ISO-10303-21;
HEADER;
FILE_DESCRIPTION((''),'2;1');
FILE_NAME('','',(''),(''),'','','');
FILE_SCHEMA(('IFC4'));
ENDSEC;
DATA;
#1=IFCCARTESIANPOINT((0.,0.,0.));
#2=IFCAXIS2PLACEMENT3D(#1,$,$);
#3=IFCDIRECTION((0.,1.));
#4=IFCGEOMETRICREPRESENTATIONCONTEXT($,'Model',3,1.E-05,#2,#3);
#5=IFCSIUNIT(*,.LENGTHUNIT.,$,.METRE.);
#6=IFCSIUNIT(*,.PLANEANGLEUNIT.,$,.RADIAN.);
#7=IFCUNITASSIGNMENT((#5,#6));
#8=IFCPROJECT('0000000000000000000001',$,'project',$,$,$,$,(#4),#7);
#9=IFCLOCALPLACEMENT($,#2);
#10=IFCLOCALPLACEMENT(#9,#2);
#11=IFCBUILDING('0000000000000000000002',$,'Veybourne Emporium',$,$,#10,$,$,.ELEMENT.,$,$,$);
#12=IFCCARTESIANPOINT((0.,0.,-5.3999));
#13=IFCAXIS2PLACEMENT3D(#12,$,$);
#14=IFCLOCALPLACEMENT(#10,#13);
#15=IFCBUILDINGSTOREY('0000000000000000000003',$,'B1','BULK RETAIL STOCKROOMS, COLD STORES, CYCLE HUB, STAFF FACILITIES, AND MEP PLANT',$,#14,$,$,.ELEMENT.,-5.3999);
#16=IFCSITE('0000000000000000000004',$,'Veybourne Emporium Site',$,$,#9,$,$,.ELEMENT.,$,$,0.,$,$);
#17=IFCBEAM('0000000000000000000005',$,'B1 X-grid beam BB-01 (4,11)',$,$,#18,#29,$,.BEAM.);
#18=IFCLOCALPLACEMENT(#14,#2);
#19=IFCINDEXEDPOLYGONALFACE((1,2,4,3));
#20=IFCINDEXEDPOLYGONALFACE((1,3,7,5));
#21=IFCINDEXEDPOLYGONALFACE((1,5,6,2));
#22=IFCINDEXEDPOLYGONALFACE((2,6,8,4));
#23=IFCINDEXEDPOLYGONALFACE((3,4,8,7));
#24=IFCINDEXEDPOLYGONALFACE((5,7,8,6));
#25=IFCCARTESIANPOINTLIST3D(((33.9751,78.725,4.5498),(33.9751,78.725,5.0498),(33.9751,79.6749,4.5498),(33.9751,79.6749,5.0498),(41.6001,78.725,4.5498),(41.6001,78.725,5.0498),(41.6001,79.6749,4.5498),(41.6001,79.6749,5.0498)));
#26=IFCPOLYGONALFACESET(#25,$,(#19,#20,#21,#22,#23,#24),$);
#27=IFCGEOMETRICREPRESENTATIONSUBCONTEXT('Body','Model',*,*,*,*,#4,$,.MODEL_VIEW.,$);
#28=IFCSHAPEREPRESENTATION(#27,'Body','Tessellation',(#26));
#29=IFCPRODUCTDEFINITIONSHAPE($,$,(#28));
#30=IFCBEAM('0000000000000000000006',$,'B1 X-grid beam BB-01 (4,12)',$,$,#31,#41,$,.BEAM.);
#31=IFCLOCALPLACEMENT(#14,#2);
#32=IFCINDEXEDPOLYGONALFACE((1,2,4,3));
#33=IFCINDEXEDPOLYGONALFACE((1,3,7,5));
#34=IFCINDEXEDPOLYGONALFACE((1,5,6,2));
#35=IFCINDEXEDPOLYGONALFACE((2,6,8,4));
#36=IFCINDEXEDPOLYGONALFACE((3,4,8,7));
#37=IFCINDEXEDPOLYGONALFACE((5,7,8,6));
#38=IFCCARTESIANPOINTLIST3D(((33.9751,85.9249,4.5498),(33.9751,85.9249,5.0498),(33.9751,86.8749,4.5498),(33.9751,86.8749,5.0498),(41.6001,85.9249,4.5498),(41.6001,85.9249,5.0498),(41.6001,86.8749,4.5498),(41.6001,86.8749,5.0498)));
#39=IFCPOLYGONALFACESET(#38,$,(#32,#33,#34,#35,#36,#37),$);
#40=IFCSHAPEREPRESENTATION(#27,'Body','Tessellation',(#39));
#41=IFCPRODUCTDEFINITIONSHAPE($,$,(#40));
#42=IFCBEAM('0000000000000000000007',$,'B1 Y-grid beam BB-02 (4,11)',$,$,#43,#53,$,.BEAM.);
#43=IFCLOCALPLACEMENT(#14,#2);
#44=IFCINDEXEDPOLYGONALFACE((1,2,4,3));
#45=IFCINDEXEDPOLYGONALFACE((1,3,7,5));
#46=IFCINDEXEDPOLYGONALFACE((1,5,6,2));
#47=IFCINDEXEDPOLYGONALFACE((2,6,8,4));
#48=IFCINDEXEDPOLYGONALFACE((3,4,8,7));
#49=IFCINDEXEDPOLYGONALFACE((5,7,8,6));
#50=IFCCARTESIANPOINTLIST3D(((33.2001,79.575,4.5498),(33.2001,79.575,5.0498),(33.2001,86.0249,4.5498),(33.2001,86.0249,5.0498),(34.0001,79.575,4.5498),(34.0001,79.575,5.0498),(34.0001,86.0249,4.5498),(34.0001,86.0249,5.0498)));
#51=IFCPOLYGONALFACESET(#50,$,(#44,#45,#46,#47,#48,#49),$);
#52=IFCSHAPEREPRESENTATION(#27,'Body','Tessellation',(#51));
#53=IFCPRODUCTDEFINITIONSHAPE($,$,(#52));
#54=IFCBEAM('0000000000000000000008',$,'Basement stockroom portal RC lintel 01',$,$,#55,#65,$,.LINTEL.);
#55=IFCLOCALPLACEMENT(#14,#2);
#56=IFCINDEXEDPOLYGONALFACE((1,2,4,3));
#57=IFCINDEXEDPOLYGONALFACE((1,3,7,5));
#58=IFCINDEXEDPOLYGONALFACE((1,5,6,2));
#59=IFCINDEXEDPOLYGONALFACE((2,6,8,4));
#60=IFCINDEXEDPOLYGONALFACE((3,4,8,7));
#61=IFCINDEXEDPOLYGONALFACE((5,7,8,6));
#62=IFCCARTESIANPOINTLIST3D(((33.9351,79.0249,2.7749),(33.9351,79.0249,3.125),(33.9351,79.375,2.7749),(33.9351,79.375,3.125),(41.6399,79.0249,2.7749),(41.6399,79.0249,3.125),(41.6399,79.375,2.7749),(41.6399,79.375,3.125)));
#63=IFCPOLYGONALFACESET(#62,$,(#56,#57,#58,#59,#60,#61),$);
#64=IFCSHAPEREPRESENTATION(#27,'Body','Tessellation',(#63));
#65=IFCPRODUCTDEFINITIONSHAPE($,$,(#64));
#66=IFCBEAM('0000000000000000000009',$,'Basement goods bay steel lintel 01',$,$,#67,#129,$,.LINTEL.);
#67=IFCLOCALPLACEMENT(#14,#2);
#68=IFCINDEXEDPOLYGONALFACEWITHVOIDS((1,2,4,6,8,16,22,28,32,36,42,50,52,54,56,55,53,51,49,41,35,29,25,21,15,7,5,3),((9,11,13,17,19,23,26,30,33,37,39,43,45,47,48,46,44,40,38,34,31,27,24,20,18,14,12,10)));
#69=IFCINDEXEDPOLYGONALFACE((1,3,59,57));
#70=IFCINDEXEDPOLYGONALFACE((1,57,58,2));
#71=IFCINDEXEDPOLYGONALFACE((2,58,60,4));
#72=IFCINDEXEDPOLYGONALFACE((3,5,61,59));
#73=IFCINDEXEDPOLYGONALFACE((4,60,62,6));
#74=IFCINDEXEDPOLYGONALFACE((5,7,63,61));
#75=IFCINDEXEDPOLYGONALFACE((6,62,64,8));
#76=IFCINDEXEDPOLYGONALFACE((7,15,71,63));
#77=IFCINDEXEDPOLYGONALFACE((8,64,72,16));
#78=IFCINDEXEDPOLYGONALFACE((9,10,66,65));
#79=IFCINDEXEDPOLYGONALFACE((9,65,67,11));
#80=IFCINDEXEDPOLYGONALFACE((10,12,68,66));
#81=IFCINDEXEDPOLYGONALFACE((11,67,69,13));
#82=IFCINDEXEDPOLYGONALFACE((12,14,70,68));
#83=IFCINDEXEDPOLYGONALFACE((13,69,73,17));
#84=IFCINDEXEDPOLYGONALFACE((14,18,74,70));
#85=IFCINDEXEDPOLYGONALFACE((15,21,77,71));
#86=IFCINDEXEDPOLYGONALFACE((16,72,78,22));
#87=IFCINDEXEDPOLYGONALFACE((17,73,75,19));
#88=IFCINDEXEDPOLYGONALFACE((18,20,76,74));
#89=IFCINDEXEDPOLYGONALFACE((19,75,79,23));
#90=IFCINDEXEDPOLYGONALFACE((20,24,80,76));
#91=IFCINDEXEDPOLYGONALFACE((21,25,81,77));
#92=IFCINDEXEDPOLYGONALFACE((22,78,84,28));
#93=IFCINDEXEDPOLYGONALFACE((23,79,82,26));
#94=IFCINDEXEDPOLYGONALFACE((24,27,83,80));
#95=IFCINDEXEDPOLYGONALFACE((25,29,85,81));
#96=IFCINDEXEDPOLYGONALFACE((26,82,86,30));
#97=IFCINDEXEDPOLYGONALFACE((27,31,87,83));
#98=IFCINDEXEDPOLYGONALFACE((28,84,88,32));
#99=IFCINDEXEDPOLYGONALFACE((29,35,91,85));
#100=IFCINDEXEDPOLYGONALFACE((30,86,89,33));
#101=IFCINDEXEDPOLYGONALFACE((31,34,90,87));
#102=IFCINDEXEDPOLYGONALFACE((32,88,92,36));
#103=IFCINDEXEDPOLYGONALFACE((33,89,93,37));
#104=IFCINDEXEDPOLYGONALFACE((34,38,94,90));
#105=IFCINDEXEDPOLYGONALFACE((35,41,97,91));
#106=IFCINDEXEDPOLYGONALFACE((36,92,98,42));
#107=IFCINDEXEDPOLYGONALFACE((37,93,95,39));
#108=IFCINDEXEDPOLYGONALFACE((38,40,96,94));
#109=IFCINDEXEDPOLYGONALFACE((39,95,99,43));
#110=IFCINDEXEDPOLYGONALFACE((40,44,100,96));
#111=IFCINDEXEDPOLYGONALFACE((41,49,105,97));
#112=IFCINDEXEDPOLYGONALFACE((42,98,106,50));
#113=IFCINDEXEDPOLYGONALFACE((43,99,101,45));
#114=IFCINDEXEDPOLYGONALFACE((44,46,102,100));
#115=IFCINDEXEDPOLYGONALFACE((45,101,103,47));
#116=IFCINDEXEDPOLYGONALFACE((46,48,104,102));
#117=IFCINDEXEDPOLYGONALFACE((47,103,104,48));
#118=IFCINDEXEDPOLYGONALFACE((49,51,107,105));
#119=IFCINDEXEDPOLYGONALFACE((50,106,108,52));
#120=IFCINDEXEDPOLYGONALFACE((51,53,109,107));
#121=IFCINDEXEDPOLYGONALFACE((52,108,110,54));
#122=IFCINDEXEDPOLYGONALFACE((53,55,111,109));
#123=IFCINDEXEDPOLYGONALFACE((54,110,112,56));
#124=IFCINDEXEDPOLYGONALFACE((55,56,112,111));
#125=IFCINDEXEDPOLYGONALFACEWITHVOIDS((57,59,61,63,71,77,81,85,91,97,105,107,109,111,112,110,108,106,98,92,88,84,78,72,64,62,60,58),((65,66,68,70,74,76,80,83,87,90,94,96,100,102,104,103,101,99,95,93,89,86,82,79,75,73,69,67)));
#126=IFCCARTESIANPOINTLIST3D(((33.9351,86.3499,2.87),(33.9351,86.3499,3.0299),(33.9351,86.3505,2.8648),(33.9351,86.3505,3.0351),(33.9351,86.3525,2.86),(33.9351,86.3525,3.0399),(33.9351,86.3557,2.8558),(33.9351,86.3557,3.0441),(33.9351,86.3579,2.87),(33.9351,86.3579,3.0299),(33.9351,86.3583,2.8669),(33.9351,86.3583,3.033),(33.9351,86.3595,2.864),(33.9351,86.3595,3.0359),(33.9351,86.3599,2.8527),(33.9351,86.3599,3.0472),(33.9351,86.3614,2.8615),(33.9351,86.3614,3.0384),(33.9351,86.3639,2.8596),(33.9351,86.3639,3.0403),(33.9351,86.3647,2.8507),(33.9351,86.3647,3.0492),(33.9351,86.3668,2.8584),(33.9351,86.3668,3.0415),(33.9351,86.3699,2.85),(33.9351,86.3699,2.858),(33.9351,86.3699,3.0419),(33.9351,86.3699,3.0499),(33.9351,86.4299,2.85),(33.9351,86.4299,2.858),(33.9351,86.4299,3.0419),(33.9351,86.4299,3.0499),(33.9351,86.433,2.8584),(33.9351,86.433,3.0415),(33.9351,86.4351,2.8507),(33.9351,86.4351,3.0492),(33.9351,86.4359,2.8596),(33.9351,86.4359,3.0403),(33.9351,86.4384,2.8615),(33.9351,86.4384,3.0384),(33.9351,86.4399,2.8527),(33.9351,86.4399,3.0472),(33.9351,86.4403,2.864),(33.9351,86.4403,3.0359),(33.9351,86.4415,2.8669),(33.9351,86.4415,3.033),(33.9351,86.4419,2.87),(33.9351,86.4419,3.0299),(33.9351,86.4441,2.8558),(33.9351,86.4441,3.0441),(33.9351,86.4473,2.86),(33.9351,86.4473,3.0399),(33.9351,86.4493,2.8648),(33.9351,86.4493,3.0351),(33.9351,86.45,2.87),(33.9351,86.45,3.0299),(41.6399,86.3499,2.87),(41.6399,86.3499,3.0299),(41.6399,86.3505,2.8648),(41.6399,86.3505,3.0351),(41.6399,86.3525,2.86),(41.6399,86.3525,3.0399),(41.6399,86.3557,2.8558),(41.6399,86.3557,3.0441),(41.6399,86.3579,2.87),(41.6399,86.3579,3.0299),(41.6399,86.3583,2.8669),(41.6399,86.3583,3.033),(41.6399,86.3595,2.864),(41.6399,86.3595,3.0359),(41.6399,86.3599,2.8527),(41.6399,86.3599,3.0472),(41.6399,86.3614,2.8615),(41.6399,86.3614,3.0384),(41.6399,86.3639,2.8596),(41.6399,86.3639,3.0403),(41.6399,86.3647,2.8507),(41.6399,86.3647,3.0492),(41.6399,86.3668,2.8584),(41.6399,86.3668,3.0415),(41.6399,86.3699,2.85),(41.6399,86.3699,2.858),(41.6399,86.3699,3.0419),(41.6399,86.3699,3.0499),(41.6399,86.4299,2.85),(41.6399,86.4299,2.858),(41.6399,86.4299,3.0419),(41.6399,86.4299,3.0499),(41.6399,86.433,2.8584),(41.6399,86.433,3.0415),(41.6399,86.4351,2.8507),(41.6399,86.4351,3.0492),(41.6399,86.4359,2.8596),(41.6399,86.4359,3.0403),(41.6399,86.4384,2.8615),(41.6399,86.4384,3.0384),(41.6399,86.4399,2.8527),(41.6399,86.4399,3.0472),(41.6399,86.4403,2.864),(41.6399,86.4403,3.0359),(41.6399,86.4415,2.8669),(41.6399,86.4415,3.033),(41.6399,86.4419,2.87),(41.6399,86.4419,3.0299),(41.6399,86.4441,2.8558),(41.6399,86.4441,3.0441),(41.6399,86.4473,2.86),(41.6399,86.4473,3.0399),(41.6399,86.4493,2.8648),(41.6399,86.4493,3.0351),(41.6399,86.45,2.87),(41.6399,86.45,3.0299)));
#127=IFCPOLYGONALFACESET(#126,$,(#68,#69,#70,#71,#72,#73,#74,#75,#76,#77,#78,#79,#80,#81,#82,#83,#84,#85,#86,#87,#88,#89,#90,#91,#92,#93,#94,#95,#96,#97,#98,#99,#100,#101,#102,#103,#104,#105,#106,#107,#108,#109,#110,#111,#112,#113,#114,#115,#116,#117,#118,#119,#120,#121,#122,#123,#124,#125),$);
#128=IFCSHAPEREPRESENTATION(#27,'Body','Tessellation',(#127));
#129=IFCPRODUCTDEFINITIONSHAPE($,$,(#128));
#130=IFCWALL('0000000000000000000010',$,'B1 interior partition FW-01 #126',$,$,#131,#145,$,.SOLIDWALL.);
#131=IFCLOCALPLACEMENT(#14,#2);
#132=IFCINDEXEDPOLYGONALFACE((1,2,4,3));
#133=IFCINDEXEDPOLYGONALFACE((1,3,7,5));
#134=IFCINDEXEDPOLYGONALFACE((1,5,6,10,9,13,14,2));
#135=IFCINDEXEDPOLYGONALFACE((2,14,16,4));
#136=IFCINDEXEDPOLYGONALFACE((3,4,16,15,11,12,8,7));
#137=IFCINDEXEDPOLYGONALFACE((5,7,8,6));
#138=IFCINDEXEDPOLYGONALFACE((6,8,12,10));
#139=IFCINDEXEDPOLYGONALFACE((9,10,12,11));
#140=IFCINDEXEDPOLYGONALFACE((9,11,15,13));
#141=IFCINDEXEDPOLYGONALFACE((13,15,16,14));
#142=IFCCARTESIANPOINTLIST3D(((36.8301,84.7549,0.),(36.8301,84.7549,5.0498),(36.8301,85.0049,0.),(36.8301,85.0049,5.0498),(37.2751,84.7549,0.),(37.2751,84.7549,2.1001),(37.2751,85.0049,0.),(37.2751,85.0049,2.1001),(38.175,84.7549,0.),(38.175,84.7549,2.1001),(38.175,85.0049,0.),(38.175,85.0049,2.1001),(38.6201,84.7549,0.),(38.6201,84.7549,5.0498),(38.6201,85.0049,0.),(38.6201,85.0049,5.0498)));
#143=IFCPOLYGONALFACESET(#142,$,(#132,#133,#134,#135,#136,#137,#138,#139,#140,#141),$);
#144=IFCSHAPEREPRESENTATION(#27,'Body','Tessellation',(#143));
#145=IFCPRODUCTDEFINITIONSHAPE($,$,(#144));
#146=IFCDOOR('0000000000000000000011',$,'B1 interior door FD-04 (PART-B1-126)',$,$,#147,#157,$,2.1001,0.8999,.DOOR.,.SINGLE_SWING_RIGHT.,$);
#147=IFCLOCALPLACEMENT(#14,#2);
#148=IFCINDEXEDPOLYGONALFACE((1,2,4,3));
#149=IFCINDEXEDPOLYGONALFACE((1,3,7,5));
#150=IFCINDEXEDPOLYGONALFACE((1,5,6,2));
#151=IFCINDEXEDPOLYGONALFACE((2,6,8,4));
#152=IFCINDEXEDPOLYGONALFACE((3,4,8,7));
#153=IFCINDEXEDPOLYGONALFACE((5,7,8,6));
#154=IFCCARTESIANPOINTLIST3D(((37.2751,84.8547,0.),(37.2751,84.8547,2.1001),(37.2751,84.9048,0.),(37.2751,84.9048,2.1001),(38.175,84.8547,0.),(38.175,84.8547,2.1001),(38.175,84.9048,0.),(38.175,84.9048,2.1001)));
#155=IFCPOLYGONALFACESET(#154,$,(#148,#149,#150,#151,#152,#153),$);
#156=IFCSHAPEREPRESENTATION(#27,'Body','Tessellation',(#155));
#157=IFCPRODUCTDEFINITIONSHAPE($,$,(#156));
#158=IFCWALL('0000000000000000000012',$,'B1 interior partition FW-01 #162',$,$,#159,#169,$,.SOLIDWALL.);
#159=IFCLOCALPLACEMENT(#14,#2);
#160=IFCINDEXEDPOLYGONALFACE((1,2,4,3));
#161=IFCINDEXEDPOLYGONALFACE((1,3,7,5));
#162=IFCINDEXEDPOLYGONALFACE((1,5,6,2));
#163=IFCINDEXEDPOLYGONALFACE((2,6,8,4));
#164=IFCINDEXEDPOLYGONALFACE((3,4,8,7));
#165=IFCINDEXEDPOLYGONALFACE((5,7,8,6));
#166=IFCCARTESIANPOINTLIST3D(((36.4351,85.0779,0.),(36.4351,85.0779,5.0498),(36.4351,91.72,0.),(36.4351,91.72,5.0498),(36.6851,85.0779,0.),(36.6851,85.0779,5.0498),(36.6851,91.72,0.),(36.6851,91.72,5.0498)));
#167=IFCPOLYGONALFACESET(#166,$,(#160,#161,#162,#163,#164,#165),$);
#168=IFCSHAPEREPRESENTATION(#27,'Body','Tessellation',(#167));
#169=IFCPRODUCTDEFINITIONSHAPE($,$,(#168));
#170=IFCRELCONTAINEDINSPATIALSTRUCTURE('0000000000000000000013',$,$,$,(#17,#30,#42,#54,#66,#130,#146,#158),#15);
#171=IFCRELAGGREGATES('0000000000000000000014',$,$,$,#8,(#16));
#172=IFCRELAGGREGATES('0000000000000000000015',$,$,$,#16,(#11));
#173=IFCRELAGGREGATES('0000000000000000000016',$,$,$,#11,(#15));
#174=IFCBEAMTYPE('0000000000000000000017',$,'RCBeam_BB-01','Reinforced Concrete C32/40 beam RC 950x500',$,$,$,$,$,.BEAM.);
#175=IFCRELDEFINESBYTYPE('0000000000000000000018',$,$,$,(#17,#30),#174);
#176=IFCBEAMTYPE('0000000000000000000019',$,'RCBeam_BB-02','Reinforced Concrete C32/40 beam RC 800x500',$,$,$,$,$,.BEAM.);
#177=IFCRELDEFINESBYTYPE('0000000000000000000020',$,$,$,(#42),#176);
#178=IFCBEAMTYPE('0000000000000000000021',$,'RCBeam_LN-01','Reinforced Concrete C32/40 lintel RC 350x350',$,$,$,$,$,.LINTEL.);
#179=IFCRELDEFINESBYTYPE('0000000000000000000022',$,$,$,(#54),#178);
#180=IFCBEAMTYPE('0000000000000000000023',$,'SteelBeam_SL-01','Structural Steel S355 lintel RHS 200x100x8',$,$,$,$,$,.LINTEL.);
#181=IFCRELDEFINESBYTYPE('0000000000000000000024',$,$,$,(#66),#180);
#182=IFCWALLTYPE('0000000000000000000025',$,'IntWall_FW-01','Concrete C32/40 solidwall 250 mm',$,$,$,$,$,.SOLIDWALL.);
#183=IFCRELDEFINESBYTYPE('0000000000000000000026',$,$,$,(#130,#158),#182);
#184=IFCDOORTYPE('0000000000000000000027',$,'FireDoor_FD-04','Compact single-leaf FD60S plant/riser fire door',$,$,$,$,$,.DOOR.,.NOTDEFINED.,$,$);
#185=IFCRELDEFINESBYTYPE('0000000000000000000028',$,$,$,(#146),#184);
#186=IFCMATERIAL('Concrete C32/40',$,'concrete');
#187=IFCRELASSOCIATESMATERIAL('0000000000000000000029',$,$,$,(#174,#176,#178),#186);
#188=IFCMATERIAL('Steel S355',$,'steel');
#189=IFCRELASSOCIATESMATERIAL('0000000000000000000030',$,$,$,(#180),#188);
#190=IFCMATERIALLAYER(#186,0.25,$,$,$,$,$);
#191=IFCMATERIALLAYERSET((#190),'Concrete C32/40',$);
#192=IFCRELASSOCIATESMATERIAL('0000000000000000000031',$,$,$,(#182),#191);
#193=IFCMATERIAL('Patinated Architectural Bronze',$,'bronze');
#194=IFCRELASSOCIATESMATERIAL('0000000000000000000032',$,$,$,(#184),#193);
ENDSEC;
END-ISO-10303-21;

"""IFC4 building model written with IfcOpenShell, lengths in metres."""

from ifc_helpers import new_model, si_unit, direction, frame, frame_2d, origin, origin_2d, place, context, subcontext, project, spatial, rectangle, hollow_rectangle, extrude, material, layer, layer_set, material_profile, profile_set, type_object, element, fill, save


model = new_model("IFC4")

# Units and contexts
model_context = context("Model", 3, precision=1e-05, world=origin(), true_north=direction((0.0, 1.0)))
body_context = subcontext(model_context, "Body", "Model", "MODEL_VIEW")
ifc_project = project(units=[si_unit("LENGTHUNIT", "METRE"), si_unit("PLANEANGLEUNIT", "RADIAN")], contexts=[model_context])

# Site, building, storey
site_placement = place(None, origin())
site = spatial("IfcSite", under=ifc_project, at=site_placement, Name="Veybourne Emporium Site", CompositionType="ELEMENT", RefElevation=0.0)
building_placement = place(site_placement, origin())
building = spatial("IfcBuilding", under=site, at=building_placement, Name="Veybourne Emporium", CompositionType="ELEMENT")
storey_placement = place(building_placement, frame((0.0, 0.0, -5.3999)))
storey = spatial("IfcBuildingStorey", under=building, at=storey_placement, Name="B1", Description="BULK RETAIL STOCKROOMS, COLD STORES, CYCLE HUB, STAFF FACILITIES, AND MEP PLANT", CompositionType="ELEMENT", Elevation=-5.3999)

# Beams
ifc_material_1 = material(Name="Concrete C32/40", Category="concrete")
ifc_material_profile_1 = material_profile(ifc_material_1, rectangle(XDim=0.95, YDim=0.5, at=origin_2d()), Name="RC 950x500")
ifc_profile_set_1 = profile_set([ifc_material_profile_1], Name="Concrete C32/40")
beam_type_1 = type_object("IfcBeamType", Name="RCBeam_BB-01", Description="Reinforced Concrete C32/40 beam RC 950x500", PredefinedType="BEAM", material=ifc_profile_set_1)
for number, where, z_axis, x_axis, name in (
    (1, (33.9751, 79.2, 4.7998), (1.0, 0.0, 0.0), (0.0, 1.0, 0.0), "B1 X-grid beam BB-01 (4,11)"),
    (2, (33.9751, 86.3999, 4.7998), (1.0, 0.0, 0.0), (0.0, 1.0, 0.0), "B1 X-grid beam BB-01 (4,12)"),
):
    element("IfcBeam", number, at=place(storey_placement, frame(where, z_axis=z_axis, x_axis=x_axis)), inside=storey, type_object=beam_type_1, Name=name, PredefinedType="BEAM", context=body_context, shape_type="SweptSolid", body=[
        extrude(rectangle(XDim=0.95, YDim=0.5, at=origin_2d()), origin(), (0.0, 0.0, 1.0), 7.625),
    ])
ifc_material_profile_2 = material_profile(ifc_material_1, rectangle(XDim=0.8, YDim=0.5, at=origin_2d()), Name="RC 800x500")
ifc_profile_set_2 = profile_set([ifc_material_profile_2], Name="Concrete C32/40")
beam_type_2 = type_object("IfcBeamType", Name="RCBeam_BB-02", Description="Reinforced Concrete C32/40 beam RC 800x500", PredefinedType="BEAM", material=ifc_profile_set_2)
beam_1_placement = place(storey_placement, frame((33.6001, 79.575, 4.7998), z_axis=(0.0, 1.0, 0.0), x_axis=(-1.0, 0.0, 0.0)))
element("IfcBeam", 3, at=beam_1_placement, inside=storey, type_object=beam_type_2, Name="B1 Y-grid beam BB-02 (4,11)", PredefinedType="BEAM", context=body_context, shape_type="SweptSolid", body=[
    extrude(rectangle(XDim=0.8, YDim=0.5, at=origin_2d()), origin(), (0.0, 0.0, 1.0), 6.45),
])
ifc_material_profile_3 = material_profile(ifc_material_1, rectangle(XDim=0.3501, YDim=0.3501, at=origin_2d()), Name="RC 350x350")
ifc_profile_set_3 = profile_set([ifc_material_profile_3], Name="Concrete C32/40")
beam_type_3 = type_object("IfcBeamType", Name="RCBeam_LN-01", Description="Reinforced Concrete C32/40 lintel RC 350x350", PredefinedType="LINTEL", material=ifc_profile_set_3)
beam_2_placement = place(storey_placement, frame((33.9351, 79.2, 2.95), z_axis=(1.0, 0.0, 0.0), x_axis=(0.0, 1.0, 0.0)))
element("IfcBeam", 4, at=beam_2_placement, inside=storey, type_object=beam_type_3, Name="Basement stockroom portal RC lintel 01", PredefinedType="LINTEL", context=body_context, shape_type="SweptSolid", body=[
    extrude(rectangle(XDim=0.3501, YDim=0.3501, at=origin_2d()), origin(), (0.0, 0.0, 1.0), 7.7048),
])
ifc_material_2 = material(Name="Steel S355", Category="steel")
ifc_material_profile_4 = material_profile(ifc_material_2, hollow_rectangle(XDim=0.1001, YDim=0.2, WallThickness=0.0081, InnerFilletRadius=0.012, OuterFilletRadius=0.02, at=origin_2d()), Name="RHS 200x100x8")
ifc_profile_set_4 = profile_set([ifc_material_profile_4], Name="Steel S355")
beam_type_4 = type_object("IfcBeamType", Name="SteelBeam_SL-01", Description="Structural Steel S355 lintel RHS 200x100x8", PredefinedType="LINTEL", material=ifc_profile_set_4)
beam_3_placement = place(storey_placement, frame((33.9351, 86.3999, 2.95), z_axis=(1.0, 0.0, 0.0), x_axis=(0.0, 1.0, 0.0)))
element("IfcBeam", 5, at=beam_3_placement, inside=storey, type_object=beam_type_4, Name="Basement goods bay steel lintel 01", PredefinedType="LINTEL", context=body_context, shape_type="SweptSolid", body=[
    extrude(hollow_rectangle(XDim=0.1001, YDim=0.2, WallThickness=0.0081, InnerFilletRadius=0.012, OuterFilletRadius=0.02, at=origin_2d()), origin(), (0.0, 0.0, 1.0), 7.7048),
])

# Wall, opening, door
ifc_layer = layer(ifc_material_1, 0.25)
ifc_layer_set = layer_set([ifc_layer], Name="Concrete C32/40")
wall_type = type_object("IfcWallType", Name="IntWall_FW-01", Description="Concrete C32/40 solidwall 250 mm", PredefinedType="SOLIDWALL", material=ifc_layer_set)
wall_1_placement = place(storey_placement, frame((36.8301, 84.8799, 0.0), z_axis=(0.0, 0.0, 1.0), x_axis=(1.0, 0.0, 0.0)))
wall_1 = element("IfcWall", 6, at=wall_1_placement, inside=storey, type_object=wall_type, Name="B1 interior partition FW-01 #126", PredefinedType="SOLIDWALL", context=body_context, shape_type="SweptSolid", body=[
    extrude(rectangle(XDim=1.79, YDim=0.25, at=frame_2d((0.895, 0.0))), origin(), (0.0, 0.0, 1.0), 5.0498),
])
opening_placement = place(wall_1_placement, frame((0.4451, 0.0, 0.0)))
opening = element("IfcOpeningElement", 7, at=opening_placement, cuts=wall_1, PredefinedType="OPENING", context=body_context, shape_type="SweptSolid", body=[
    extrude(rectangle(XDim=0.8999, YDim=2.1001, at=frame_2d((0.45, 1.05))), frame((0.0, 0.145, 0.0), z_axis=(0.0, -1.0, 0.0), x_axis=(1.0, 0.0, 0.0)), (0.0, 0.0, 1.0), 0.29),
])
ifc_material_3 = material(Name="Patinated Architectural Bronze", Category="bronze")
door_type = type_object("IfcDoorType", Name="FireDoor_FD-04", Description="Compact single-leaf FD60S plant/riser fire door", OperationType="NOTDEFINED", PredefinedType="DOOR", material=ifc_material_3)
door_placement = place(opening_placement, origin())
door = element("IfcDoor", 8, at=door_placement, inside=storey, type_object=door_type, Name="B1 interior door FD-04 (PART-B1-126)", OperationType="SINGLE_SWING_RIGHT", OverallHeight=2.1001, OverallWidth=0.8999, PredefinedType="DOOR", context=body_context, shape_type="SweptSolid", body=[
    extrude(rectangle(XDim=0.8999, YDim=2.1001, at=frame_2d((0.45, 1.05))), frame((0.0, 0.0249, 0.0), z_axis=(0.0, -1.0, 0.0), x_axis=(1.0, 0.0, 0.0)), (0.0, 0.0, 1.0), 0.05),
])
fill(opening, door)

# Wall
wall_2_placement = place(storey_placement, frame((36.5601, 85.0779, 0.0), z_axis=(0.0, 0.0, 1.0), x_axis=(0.0, 1.0, 0.0)))
element("IfcWall", 9, at=wall_2_placement, inside=storey, type_object=wall_type, Name="B1 interior partition FW-01 #162", PredefinedType="SOLIDWALL", context=body_context, shape_type="SweptSolid", body=[
    extrude(rectangle(XDim=6.6421, YDim=0.25, at=frame_2d((3.321, 0.0))), origin(), (0.0, 0.0, 1.0), 5.0498),
])

save(model, "model.ifc")
